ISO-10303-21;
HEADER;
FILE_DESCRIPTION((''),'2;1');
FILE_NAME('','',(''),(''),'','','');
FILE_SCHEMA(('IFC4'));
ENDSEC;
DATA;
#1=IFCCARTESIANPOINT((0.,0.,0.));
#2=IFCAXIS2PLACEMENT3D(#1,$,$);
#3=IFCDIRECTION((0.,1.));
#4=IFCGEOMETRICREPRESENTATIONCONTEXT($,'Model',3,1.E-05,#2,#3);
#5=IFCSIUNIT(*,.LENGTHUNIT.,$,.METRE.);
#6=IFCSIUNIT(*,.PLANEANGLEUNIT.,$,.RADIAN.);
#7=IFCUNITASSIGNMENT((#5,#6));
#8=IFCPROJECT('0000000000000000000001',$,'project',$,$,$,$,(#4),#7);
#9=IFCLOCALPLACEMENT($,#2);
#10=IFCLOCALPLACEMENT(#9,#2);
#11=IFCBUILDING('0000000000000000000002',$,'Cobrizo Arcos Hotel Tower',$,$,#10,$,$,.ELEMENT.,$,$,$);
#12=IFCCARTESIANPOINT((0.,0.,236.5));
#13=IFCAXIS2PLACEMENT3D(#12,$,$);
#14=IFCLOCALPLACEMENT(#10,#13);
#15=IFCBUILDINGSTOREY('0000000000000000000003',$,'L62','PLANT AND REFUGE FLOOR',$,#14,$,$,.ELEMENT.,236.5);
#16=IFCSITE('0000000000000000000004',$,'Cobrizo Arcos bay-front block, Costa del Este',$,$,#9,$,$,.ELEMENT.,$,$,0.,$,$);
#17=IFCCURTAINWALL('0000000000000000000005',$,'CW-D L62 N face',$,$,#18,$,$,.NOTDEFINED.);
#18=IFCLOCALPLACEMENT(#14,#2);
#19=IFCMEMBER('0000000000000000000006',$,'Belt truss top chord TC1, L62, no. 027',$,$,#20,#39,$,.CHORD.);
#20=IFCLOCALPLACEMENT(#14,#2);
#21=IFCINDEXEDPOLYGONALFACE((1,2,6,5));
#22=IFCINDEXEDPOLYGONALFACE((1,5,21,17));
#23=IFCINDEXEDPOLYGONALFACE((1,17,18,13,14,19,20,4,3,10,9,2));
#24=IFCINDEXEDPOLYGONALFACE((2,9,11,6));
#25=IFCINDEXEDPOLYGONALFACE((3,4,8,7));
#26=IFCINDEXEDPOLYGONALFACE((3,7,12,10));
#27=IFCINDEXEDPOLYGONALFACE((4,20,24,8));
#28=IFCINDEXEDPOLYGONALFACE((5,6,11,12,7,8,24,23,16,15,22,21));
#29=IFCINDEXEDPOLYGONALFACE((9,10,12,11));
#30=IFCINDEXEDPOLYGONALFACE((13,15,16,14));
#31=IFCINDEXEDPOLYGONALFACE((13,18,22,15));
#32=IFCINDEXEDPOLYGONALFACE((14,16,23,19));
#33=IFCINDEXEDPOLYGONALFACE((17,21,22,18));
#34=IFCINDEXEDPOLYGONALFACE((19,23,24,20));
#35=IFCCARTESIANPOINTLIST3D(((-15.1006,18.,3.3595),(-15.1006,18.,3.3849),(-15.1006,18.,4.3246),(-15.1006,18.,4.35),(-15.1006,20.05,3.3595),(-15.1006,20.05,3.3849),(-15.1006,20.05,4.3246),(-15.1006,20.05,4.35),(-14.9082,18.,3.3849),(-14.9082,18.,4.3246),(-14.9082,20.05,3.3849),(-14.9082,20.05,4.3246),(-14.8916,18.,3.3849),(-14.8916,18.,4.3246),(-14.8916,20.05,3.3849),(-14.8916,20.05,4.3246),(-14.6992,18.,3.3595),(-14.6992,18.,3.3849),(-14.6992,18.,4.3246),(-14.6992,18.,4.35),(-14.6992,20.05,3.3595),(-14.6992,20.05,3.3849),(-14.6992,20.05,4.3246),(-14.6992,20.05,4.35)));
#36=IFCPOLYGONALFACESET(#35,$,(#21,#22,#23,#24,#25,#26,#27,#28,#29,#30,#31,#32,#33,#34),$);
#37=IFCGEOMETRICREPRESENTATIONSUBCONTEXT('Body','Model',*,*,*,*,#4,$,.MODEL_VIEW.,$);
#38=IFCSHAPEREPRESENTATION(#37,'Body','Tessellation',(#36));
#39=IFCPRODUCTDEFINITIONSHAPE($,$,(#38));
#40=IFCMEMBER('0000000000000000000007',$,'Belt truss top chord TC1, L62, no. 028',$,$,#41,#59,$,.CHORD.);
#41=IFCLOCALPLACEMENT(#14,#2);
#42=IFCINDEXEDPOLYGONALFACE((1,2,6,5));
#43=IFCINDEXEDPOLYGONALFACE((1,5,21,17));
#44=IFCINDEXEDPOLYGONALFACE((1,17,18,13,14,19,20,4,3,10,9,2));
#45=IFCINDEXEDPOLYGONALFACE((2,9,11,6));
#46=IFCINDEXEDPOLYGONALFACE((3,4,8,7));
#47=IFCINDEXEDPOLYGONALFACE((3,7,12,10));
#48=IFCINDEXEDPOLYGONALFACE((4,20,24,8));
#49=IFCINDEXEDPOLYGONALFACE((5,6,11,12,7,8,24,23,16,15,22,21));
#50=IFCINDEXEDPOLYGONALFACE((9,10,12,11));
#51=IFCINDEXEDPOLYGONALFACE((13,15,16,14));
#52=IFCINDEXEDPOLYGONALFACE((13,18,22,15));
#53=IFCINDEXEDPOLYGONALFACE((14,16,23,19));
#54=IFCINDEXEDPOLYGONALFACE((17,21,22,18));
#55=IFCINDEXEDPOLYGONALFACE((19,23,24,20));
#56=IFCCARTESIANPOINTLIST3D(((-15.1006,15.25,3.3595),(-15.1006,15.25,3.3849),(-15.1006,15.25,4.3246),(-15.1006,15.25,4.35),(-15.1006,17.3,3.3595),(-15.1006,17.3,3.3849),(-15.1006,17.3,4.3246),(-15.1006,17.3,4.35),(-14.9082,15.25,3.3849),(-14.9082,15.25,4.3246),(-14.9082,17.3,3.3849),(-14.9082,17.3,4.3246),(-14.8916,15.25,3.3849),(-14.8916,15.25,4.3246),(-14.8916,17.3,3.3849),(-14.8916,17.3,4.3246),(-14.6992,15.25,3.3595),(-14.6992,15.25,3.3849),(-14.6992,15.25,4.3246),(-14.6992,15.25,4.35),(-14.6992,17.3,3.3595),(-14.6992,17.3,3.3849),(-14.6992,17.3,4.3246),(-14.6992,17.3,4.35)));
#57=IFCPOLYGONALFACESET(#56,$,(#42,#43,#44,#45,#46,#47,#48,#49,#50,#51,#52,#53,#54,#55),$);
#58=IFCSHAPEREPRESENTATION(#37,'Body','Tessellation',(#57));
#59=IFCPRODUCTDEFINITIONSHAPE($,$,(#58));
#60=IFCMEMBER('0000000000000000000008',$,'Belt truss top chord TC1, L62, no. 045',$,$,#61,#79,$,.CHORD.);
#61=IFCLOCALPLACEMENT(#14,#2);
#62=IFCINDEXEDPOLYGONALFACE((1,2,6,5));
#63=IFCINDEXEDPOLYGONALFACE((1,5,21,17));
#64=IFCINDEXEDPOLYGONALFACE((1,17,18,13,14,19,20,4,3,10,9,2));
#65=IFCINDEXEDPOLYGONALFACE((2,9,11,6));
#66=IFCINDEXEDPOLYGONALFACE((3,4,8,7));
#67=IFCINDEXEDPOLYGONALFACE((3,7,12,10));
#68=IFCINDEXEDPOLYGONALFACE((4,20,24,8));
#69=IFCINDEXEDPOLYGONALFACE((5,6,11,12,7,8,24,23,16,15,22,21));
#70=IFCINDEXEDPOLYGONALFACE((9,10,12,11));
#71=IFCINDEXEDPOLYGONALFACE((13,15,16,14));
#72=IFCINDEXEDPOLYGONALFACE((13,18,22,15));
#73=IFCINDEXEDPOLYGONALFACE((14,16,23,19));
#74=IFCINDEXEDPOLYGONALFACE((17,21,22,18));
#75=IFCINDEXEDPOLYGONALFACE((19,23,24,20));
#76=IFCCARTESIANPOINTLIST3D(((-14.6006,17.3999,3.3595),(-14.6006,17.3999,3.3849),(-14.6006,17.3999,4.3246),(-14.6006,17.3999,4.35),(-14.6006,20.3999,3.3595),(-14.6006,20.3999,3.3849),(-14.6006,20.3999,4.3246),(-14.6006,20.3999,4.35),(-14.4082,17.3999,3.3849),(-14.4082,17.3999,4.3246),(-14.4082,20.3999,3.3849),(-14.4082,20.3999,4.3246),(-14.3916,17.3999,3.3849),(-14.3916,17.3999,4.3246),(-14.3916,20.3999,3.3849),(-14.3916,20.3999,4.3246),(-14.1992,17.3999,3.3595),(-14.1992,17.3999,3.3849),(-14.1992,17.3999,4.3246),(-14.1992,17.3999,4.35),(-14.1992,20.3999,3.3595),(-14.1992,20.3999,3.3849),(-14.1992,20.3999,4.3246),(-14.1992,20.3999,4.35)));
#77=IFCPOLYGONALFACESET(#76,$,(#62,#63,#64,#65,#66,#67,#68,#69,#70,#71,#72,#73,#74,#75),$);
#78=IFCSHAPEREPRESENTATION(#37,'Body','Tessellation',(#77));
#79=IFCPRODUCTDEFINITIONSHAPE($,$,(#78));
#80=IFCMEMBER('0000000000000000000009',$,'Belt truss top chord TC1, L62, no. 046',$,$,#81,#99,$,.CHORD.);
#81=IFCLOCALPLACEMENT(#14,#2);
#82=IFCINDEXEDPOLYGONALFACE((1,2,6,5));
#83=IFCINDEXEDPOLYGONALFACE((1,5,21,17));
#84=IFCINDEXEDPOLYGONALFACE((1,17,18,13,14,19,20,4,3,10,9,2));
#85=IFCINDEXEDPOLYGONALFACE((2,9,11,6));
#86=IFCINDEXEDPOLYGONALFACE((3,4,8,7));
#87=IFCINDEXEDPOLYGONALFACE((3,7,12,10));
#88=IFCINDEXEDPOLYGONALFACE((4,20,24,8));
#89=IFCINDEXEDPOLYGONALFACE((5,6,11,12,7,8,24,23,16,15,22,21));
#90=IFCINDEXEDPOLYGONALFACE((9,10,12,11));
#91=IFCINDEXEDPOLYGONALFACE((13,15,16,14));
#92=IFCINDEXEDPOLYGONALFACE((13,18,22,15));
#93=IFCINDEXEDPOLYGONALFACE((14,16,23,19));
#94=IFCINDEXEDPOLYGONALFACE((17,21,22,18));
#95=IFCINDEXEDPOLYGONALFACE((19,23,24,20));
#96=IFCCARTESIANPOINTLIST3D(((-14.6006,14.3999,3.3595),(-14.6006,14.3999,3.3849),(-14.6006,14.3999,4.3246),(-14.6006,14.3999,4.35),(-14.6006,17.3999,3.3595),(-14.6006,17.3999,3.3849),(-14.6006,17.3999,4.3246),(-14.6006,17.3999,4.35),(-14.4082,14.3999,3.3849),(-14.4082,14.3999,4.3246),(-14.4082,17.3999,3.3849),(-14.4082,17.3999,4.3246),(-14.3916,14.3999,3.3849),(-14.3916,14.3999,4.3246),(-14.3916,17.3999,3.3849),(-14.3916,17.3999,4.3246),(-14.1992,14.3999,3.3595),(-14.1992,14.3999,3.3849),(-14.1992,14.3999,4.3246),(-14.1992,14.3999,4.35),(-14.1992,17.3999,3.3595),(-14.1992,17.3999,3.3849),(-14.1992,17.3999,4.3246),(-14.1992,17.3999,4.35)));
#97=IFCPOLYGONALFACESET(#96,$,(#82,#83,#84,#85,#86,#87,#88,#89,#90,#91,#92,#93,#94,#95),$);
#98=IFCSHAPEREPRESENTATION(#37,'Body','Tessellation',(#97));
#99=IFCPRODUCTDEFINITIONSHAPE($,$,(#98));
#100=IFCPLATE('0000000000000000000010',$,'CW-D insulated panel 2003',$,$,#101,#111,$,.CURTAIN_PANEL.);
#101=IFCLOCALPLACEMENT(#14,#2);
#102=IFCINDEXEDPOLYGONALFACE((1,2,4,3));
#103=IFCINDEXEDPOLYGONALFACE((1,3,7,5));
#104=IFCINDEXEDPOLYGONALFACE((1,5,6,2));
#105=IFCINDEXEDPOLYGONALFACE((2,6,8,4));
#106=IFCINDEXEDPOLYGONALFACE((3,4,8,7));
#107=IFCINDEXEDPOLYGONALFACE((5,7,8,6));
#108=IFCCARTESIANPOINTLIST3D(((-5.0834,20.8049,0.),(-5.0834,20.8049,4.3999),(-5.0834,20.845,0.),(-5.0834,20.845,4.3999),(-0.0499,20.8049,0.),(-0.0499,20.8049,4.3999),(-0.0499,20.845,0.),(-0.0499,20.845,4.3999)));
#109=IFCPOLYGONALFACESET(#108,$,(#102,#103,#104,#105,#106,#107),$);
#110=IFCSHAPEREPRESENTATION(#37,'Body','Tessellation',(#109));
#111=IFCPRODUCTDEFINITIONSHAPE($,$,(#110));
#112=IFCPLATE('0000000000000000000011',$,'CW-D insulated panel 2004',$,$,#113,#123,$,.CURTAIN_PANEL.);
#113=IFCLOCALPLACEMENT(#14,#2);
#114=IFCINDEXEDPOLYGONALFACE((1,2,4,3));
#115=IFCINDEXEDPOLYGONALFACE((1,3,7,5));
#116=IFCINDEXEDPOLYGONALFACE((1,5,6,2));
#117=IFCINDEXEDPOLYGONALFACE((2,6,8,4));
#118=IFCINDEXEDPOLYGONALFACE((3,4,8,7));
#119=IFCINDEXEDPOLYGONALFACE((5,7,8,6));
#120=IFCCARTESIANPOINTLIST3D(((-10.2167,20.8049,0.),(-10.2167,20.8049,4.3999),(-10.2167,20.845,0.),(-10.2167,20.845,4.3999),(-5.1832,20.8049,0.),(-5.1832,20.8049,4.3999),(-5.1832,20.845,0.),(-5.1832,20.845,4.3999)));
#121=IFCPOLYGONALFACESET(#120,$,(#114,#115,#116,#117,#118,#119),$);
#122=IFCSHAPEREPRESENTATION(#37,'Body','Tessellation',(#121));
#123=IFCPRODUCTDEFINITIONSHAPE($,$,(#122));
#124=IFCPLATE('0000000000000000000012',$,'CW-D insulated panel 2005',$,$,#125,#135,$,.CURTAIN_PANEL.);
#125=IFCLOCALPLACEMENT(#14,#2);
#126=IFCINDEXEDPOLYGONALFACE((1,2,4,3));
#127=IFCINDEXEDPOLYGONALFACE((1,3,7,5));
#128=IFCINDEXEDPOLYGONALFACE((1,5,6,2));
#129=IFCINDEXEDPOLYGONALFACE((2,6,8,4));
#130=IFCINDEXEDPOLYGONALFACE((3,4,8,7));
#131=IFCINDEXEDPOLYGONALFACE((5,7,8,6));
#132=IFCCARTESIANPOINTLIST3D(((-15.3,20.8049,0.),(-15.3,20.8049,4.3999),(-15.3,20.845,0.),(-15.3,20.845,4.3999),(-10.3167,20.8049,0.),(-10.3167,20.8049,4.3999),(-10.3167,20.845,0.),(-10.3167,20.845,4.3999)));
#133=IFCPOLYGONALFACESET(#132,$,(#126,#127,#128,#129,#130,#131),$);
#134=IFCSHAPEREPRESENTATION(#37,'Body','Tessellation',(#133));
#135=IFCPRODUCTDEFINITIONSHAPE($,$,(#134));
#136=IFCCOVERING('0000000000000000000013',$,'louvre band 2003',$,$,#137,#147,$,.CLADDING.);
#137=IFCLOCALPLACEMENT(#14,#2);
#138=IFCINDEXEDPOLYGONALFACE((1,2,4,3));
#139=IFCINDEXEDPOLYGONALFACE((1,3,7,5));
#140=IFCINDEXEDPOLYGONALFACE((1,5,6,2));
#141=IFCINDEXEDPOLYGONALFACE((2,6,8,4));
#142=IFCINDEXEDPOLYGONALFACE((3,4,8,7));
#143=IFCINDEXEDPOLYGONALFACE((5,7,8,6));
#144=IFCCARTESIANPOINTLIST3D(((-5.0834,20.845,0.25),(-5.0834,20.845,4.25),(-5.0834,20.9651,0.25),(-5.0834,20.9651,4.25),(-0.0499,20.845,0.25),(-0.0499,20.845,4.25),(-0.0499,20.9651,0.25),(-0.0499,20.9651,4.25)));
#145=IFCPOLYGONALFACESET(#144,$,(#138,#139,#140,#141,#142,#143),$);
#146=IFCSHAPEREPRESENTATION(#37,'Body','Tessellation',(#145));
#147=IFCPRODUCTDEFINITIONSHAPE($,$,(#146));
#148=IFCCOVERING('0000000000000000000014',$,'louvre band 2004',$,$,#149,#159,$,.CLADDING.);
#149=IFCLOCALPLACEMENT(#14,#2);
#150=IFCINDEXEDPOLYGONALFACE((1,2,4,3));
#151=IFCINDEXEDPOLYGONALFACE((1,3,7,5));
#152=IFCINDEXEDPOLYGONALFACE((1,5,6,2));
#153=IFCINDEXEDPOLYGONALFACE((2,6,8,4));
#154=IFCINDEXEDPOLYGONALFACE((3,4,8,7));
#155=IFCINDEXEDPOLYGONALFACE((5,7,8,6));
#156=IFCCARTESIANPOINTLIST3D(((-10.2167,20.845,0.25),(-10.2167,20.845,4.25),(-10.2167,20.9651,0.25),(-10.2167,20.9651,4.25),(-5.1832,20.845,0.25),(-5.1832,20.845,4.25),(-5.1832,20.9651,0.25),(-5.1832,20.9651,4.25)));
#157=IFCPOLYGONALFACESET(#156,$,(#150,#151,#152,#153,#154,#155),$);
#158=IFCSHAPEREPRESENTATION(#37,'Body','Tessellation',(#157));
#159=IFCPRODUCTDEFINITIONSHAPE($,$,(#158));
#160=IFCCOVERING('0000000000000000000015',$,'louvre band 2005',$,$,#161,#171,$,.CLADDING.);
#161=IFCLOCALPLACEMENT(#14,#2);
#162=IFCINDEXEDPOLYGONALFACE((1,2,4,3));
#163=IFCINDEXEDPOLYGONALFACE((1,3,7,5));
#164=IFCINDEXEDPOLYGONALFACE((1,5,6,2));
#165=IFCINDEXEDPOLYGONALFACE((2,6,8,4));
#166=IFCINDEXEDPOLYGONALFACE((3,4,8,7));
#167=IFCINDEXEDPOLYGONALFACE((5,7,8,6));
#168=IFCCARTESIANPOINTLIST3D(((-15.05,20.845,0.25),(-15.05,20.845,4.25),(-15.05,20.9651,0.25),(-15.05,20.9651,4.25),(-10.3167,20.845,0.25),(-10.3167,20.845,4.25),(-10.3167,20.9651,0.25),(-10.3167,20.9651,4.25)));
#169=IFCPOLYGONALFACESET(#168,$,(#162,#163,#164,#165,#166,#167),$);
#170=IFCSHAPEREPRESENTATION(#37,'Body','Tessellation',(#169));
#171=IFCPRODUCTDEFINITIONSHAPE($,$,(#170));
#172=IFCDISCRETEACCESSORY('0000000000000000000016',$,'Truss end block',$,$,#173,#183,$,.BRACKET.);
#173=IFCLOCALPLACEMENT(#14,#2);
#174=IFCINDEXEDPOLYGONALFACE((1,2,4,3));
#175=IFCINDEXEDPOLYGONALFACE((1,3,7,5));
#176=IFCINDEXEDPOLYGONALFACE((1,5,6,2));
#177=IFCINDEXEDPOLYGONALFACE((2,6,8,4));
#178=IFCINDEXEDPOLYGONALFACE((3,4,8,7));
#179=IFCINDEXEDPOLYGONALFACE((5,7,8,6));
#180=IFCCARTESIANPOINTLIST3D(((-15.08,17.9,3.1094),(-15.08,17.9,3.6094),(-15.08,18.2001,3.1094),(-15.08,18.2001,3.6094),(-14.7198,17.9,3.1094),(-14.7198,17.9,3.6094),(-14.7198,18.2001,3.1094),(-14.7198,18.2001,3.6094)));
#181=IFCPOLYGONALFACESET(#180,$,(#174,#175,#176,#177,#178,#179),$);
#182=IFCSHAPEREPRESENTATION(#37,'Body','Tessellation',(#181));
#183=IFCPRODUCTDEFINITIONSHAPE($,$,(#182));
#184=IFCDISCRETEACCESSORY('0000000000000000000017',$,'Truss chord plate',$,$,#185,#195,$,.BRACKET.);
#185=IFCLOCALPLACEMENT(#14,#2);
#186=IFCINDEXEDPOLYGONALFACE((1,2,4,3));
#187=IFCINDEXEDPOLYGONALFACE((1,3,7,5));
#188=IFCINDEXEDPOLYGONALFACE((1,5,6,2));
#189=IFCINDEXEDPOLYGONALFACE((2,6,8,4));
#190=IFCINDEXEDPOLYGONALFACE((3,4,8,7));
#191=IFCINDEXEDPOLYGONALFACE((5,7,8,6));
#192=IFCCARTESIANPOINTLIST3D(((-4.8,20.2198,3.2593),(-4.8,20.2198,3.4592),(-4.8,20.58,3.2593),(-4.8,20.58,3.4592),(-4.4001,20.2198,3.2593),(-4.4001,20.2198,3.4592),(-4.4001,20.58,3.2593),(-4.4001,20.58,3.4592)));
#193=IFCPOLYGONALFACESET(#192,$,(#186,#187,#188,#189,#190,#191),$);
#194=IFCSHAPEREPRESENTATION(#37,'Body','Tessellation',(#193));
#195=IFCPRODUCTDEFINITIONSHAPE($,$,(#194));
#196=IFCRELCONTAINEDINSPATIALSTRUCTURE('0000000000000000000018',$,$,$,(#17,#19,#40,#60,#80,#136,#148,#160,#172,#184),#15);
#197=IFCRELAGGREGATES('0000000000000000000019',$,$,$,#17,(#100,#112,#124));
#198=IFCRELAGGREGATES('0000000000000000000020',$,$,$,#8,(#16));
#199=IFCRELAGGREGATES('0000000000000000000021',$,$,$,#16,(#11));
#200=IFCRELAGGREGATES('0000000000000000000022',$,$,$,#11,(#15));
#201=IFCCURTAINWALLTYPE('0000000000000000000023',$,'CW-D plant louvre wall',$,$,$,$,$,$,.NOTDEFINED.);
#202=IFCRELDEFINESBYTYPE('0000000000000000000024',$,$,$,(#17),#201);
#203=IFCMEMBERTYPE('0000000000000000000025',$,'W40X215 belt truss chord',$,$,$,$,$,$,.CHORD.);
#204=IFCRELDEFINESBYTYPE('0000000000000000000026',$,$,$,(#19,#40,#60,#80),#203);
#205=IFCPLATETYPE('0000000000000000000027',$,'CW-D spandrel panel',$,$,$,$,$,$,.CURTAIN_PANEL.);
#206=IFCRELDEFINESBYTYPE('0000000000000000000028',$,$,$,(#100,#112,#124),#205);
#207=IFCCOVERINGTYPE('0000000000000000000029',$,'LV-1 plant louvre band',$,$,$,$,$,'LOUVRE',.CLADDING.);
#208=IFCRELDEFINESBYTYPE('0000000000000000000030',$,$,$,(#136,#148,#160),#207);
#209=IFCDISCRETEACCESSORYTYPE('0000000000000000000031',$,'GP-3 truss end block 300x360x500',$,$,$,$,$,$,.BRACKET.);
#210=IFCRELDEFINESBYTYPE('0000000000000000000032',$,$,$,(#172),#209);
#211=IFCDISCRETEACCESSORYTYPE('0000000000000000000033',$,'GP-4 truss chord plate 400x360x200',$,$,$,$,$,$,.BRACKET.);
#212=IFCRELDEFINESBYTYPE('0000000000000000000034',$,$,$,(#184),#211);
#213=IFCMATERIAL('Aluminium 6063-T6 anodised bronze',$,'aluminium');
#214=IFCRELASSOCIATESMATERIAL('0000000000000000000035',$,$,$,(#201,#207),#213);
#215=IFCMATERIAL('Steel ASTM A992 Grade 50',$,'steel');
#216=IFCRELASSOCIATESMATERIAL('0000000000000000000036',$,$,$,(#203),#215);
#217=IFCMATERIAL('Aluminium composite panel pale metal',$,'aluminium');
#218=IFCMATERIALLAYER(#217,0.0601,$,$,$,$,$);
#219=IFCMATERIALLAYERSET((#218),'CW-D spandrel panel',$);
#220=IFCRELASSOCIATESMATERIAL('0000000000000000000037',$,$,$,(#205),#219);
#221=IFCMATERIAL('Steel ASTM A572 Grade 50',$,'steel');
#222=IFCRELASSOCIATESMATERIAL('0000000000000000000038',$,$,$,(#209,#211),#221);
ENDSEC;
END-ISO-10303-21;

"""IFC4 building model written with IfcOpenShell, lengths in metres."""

from ifc_helpers import new_model, si_unit, direction, frame, origin, origin_2d, place, context, subcontext, project, spatial, rectangle, i_section, extrude, material, layer, layer_set, material_profile, profile_set, type_object, element, aggregate, save


model = new_model("IFC4")

# Units and contexts
model_context = context("Model", 3, precision=1e-05, world=origin(), true_north=direction((0.0, 1.0)))
body_context = subcontext(model_context, "Body", "Model", "MODEL_VIEW")
ifc_project = project(units=[si_unit("LENGTHUNIT", "METRE"), si_unit("PLANEANGLEUNIT", "RADIAN")], contexts=[model_context])

# Site, building, storey
site_placement = place(None, origin())
site = spatial("IfcSite", under=ifc_project, at=site_placement, Name="Cobrizo Arcos bay-front block, Costa del Este", CompositionType="ELEMENT", RefElevation=0.0)
building_placement = place(site_placement, origin())
building = spatial("IfcBuilding", under=site, at=building_placement, Name="Cobrizo Arcos Hotel Tower", CompositionType="ELEMENT")
storey_placement = place(building_placement, frame((0.0, 0.0, 236.5)))
storey = spatial("IfcBuildingStorey", under=building, at=storey_placement, Name="L62", Description="PLANT AND REFUGE FLOOR", CompositionType="ELEMENT", Elevation=236.5)

# Curtain wall
ifc_material_1 = material(Name="Aluminium 6063-T6 anodised bronze", Category="aluminium")
curtain_wall_type = type_object("IfcCurtainWallType", Name="CW-D plant louvre wall", PredefinedType="NOTDEFINED", material=ifc_material_1)
curtain_wall_placement = place(storey_placement, origin())
curtain_wall = element("IfcCurtainWall", 1, at=curtain_wall_placement, inside=storey, type_object=curtain_wall_type, Name="CW-D L62 N face", PredefinedType="NOTDEFINED")

# Members
ifc_material_2 = material(Name="Steel ASTM A992 Grade 50", Category="steel")
ifc_material_profile_1 = material_profile(ifc_material_2, i_section(OverallWidth=0.4014, OverallDepth=0.9905, WebThickness=0.0166, FlangeThickness=0.0254, at=origin_2d()), Name="W40X215")
ifc_profile_set_1 = profile_set([ifc_material_profile_1], Name="Steel ASTM A992 Grade 50")
member_type_1 = type_object("IfcMemberType", Name="W40X215 belt truss chord", PredefinedType="CHORD", material=ifc_profile_set_1)
for number, where, z_axis, x_axis, name in (
    (2, (-14.8999, 20.05, 3.8547), (0.0, -1.0, 0.0), (1.0, 0.0, 0.0), "Belt truss top chord TC1, L62, no. 027"),
    (3, (-14.8999, 17.3, 3.8547), (0.0, -1.0, 0.0), (1.0, 0.0, 0.0), "Belt truss top chord TC1, L62, no. 028"),
):
    element("IfcMember", number, at=place(storey_placement, frame(where, z_axis=z_axis, x_axis=x_axis)), inside=storey, type_object=member_type_1, Name=name, PredefinedType="CHORD", context=body_context, shape_type="SweptSolid", body=[
        extrude(i_section(OverallWidth=0.4014, OverallDepth=0.9905, WebThickness=0.0166, FlangeThickness=0.0254, at=origin_2d()), origin(), (0.0, 0.0, 1.0), 2.05),
    ])
for number, where, z_axis, x_axis, name in (
    (4, (-14.3999, 20.3999, 3.8547), (0.0, -1.0, 0.0), (1.0, 0.0, 0.0), "Belt truss top chord TC1, L62, no. 045"),
    (5, (-14.3999, 17.3999, 3.8547), (0.0, -1.0, 0.0), (1.0, 0.0, 0.0), "Belt truss top chord TC1, L62, no. 046"),
):
    element("IfcMember", number, at=place(storey_placement, frame(where, z_axis=z_axis, x_axis=x_axis)), inside=storey, type_object=member_type_1, Name=name, PredefinedType="CHORD", context=body_context, shape_type="SweptSolid", body=[
        extrude(i_section(OverallWidth=0.4014, OverallDepth=0.9905, WebThickness=0.0166, FlangeThickness=0.0254, at=origin_2d()), origin(), (0.0, 0.0, 1.0), 3.0),
    ])

# Plates
ifc_material_3 = material(Name="Aluminium composite panel pale metal", Category="aluminium")
ifc_layer = layer(ifc_material_3, 0.0601)
ifc_layer_set = layer_set([ifc_layer], Name="CW-D spandrel panel")
plate_type = type_object("IfcPlateType", Name="CW-D spandrel panel", PredefinedType="CURTAIN_PANEL", material=ifc_layer_set)
plate_1_placement = place(storey_placement, frame((-2.5667, 20.825, 0.0), z_axis=(0.0, 0.0, 1.0), x_axis=(-1.0, 0.0, 0.0)))
plate_1 = element("IfcPlate", 6, at=plate_1_placement, type_object=plate_type, Name="CW-D insulated panel 2003", PredefinedType="CURTAIN_PANEL", context=body_context, shape_type="SweptSolid", body=[
    extrude(rectangle(XDim=5.0334, YDim=0.04, at=origin_2d()), origin(), (0.0, 0.0, 1.0), 4.3999),
])
plate_2_placement = place(storey_placement, frame((-7.7, 20.825, 0.0), z_axis=(0.0, 0.0, 1.0), x_axis=(-1.0, 0.0, 0.0)))
plate_2 = element("IfcPlate", 7, at=plate_2_placement, type_object=plate_type, Name="CW-D insulated panel 2004", PredefinedType="CURTAIN_PANEL", context=body_context, shape_type="SweptSolid", body=[
    extrude(rectangle(XDim=5.0334, YDim=0.04, at=origin_2d()), origin(), (0.0, 0.0, 1.0), 4.3999),
])
plate_3_placement = place(storey_placement, frame((-12.8083, 20.825, 0.0), z_axis=(0.0, 0.0, 1.0), x_axis=(-1.0, 0.0, 0.0)))
plate_3 = element("IfcPlate", 8, at=plate_3_placement, type_object=plate_type, Name="CW-D insulated panel 2005", PredefinedType="CURTAIN_PANEL", context=body_context, shape_type="SweptSolid", body=[
    extrude(rectangle(XDim=4.9834, YDim=0.04, at=origin_2d()), origin(), (0.0, 0.0, 1.0), 4.3999),
])
aggregate(curtain_wall, [plate_1, plate_2, plate_3])

# Coverings
covering_type = type_object("IfcCoveringType", Name="LV-1 plant louvre band", ElementType="LOUVRE", PredefinedType="CLADDING", material=ifc_material_1)
for number, where, z_axis, x_axis, name in (
    (9, (-2.5667, 20.905, 0.25), (0.0, 0.0, 1.0), (-1.0, 0.0, 0.0), "louvre band 2003"),
    (10, (-7.7, 20.905, 0.25), (0.0, 0.0, 1.0), (-1.0, 0.0, 0.0), "louvre band 2004"),
):
    element("IfcCovering", number, at=place(storey_placement, frame(where, z_axis=z_axis, x_axis=x_axis)), inside=storey, type_object=covering_type, Name=name, PredefinedType="CLADDING", context=body_context, shape_type="SweptSolid", body=[
        extrude(rectangle(XDim=5.0334, YDim=0.1201, at=origin_2d()), origin(), (0.0, 0.0, 1.0), 4.0),
    ])
covering_placement = place(storey_placement, frame((-12.6833, 20.905, 0.25), z_axis=(0.0, 0.0, 1.0), x_axis=(-1.0, 0.0, 0.0)))
element("IfcCovering", 11, at=covering_placement, inside=storey, type_object=covering_type, Name="louvre band 2005", PredefinedType="CLADDING", context=body_context, shape_type="SweptSolid", body=[
    extrude(rectangle(XDim=4.7334, YDim=0.1201, at=origin_2d()), origin(), (0.0, 0.0, 1.0), 4.0),
])

# Discrete accessories
ifc_material_4 = material(Name="Steel ASTM A572 Grade 50", Category="steel")
discrete_accessory_type_1 = type_object("IfcDiscreteAccessoryType", Name="GP-3 truss end block 300x360x500", PredefinedType="BRACKET", material=ifc_material_4)
discrete_accessory_placement = place(storey_placement, frame((-14.8999, 18.05, 3.1094), z_axis=(0.0, 0.0, 1.0), x_axis=(0.0, 1.0, 0.0)))
element("IfcDiscreteAccessory", 12, at=discrete_accessory_placement, inside=storey, type_object=discrete_accessory_type_1, Name="Truss end block", PredefinedType="BRACKET", context=body_context, shape_type="SweptSolid", body=[
    extrude(rectangle(XDim=0.3, YDim=0.3601, at=origin_2d()), origin(), (0.0, 0.0, 1.0), 0.5),
])
discrete_accessory_type_2 = type_object("IfcDiscreteAccessoryType", Name="GP-4 truss chord plate 400x360x200", PredefinedType="BRACKET", material=ifc_material_4)
for number, where, z_axis, x_axis, name in (
    (13, (-4.6001, 20.3999, 3.2593), (0.0, 0.0, 1.0), (-1.0, 0.0, 0.0), "Truss chord plate"),
):
    element("IfcDiscreteAccessory", number, at=place(storey_placement, frame(where, z_axis=z_axis, x_axis=x_axis)), inside=storey, type_object=discrete_accessory_type_2, Name=name, PredefinedType="BRACKET", context=body_context, shape_type="SweptSolid", body=[
        extrude(rectangle(XDim=0.3999, YDim=0.3601, at=origin_2d()), origin(), (0.0, 0.0, 1.0), 0.2),
    ])

save(model, "model.ifc")
